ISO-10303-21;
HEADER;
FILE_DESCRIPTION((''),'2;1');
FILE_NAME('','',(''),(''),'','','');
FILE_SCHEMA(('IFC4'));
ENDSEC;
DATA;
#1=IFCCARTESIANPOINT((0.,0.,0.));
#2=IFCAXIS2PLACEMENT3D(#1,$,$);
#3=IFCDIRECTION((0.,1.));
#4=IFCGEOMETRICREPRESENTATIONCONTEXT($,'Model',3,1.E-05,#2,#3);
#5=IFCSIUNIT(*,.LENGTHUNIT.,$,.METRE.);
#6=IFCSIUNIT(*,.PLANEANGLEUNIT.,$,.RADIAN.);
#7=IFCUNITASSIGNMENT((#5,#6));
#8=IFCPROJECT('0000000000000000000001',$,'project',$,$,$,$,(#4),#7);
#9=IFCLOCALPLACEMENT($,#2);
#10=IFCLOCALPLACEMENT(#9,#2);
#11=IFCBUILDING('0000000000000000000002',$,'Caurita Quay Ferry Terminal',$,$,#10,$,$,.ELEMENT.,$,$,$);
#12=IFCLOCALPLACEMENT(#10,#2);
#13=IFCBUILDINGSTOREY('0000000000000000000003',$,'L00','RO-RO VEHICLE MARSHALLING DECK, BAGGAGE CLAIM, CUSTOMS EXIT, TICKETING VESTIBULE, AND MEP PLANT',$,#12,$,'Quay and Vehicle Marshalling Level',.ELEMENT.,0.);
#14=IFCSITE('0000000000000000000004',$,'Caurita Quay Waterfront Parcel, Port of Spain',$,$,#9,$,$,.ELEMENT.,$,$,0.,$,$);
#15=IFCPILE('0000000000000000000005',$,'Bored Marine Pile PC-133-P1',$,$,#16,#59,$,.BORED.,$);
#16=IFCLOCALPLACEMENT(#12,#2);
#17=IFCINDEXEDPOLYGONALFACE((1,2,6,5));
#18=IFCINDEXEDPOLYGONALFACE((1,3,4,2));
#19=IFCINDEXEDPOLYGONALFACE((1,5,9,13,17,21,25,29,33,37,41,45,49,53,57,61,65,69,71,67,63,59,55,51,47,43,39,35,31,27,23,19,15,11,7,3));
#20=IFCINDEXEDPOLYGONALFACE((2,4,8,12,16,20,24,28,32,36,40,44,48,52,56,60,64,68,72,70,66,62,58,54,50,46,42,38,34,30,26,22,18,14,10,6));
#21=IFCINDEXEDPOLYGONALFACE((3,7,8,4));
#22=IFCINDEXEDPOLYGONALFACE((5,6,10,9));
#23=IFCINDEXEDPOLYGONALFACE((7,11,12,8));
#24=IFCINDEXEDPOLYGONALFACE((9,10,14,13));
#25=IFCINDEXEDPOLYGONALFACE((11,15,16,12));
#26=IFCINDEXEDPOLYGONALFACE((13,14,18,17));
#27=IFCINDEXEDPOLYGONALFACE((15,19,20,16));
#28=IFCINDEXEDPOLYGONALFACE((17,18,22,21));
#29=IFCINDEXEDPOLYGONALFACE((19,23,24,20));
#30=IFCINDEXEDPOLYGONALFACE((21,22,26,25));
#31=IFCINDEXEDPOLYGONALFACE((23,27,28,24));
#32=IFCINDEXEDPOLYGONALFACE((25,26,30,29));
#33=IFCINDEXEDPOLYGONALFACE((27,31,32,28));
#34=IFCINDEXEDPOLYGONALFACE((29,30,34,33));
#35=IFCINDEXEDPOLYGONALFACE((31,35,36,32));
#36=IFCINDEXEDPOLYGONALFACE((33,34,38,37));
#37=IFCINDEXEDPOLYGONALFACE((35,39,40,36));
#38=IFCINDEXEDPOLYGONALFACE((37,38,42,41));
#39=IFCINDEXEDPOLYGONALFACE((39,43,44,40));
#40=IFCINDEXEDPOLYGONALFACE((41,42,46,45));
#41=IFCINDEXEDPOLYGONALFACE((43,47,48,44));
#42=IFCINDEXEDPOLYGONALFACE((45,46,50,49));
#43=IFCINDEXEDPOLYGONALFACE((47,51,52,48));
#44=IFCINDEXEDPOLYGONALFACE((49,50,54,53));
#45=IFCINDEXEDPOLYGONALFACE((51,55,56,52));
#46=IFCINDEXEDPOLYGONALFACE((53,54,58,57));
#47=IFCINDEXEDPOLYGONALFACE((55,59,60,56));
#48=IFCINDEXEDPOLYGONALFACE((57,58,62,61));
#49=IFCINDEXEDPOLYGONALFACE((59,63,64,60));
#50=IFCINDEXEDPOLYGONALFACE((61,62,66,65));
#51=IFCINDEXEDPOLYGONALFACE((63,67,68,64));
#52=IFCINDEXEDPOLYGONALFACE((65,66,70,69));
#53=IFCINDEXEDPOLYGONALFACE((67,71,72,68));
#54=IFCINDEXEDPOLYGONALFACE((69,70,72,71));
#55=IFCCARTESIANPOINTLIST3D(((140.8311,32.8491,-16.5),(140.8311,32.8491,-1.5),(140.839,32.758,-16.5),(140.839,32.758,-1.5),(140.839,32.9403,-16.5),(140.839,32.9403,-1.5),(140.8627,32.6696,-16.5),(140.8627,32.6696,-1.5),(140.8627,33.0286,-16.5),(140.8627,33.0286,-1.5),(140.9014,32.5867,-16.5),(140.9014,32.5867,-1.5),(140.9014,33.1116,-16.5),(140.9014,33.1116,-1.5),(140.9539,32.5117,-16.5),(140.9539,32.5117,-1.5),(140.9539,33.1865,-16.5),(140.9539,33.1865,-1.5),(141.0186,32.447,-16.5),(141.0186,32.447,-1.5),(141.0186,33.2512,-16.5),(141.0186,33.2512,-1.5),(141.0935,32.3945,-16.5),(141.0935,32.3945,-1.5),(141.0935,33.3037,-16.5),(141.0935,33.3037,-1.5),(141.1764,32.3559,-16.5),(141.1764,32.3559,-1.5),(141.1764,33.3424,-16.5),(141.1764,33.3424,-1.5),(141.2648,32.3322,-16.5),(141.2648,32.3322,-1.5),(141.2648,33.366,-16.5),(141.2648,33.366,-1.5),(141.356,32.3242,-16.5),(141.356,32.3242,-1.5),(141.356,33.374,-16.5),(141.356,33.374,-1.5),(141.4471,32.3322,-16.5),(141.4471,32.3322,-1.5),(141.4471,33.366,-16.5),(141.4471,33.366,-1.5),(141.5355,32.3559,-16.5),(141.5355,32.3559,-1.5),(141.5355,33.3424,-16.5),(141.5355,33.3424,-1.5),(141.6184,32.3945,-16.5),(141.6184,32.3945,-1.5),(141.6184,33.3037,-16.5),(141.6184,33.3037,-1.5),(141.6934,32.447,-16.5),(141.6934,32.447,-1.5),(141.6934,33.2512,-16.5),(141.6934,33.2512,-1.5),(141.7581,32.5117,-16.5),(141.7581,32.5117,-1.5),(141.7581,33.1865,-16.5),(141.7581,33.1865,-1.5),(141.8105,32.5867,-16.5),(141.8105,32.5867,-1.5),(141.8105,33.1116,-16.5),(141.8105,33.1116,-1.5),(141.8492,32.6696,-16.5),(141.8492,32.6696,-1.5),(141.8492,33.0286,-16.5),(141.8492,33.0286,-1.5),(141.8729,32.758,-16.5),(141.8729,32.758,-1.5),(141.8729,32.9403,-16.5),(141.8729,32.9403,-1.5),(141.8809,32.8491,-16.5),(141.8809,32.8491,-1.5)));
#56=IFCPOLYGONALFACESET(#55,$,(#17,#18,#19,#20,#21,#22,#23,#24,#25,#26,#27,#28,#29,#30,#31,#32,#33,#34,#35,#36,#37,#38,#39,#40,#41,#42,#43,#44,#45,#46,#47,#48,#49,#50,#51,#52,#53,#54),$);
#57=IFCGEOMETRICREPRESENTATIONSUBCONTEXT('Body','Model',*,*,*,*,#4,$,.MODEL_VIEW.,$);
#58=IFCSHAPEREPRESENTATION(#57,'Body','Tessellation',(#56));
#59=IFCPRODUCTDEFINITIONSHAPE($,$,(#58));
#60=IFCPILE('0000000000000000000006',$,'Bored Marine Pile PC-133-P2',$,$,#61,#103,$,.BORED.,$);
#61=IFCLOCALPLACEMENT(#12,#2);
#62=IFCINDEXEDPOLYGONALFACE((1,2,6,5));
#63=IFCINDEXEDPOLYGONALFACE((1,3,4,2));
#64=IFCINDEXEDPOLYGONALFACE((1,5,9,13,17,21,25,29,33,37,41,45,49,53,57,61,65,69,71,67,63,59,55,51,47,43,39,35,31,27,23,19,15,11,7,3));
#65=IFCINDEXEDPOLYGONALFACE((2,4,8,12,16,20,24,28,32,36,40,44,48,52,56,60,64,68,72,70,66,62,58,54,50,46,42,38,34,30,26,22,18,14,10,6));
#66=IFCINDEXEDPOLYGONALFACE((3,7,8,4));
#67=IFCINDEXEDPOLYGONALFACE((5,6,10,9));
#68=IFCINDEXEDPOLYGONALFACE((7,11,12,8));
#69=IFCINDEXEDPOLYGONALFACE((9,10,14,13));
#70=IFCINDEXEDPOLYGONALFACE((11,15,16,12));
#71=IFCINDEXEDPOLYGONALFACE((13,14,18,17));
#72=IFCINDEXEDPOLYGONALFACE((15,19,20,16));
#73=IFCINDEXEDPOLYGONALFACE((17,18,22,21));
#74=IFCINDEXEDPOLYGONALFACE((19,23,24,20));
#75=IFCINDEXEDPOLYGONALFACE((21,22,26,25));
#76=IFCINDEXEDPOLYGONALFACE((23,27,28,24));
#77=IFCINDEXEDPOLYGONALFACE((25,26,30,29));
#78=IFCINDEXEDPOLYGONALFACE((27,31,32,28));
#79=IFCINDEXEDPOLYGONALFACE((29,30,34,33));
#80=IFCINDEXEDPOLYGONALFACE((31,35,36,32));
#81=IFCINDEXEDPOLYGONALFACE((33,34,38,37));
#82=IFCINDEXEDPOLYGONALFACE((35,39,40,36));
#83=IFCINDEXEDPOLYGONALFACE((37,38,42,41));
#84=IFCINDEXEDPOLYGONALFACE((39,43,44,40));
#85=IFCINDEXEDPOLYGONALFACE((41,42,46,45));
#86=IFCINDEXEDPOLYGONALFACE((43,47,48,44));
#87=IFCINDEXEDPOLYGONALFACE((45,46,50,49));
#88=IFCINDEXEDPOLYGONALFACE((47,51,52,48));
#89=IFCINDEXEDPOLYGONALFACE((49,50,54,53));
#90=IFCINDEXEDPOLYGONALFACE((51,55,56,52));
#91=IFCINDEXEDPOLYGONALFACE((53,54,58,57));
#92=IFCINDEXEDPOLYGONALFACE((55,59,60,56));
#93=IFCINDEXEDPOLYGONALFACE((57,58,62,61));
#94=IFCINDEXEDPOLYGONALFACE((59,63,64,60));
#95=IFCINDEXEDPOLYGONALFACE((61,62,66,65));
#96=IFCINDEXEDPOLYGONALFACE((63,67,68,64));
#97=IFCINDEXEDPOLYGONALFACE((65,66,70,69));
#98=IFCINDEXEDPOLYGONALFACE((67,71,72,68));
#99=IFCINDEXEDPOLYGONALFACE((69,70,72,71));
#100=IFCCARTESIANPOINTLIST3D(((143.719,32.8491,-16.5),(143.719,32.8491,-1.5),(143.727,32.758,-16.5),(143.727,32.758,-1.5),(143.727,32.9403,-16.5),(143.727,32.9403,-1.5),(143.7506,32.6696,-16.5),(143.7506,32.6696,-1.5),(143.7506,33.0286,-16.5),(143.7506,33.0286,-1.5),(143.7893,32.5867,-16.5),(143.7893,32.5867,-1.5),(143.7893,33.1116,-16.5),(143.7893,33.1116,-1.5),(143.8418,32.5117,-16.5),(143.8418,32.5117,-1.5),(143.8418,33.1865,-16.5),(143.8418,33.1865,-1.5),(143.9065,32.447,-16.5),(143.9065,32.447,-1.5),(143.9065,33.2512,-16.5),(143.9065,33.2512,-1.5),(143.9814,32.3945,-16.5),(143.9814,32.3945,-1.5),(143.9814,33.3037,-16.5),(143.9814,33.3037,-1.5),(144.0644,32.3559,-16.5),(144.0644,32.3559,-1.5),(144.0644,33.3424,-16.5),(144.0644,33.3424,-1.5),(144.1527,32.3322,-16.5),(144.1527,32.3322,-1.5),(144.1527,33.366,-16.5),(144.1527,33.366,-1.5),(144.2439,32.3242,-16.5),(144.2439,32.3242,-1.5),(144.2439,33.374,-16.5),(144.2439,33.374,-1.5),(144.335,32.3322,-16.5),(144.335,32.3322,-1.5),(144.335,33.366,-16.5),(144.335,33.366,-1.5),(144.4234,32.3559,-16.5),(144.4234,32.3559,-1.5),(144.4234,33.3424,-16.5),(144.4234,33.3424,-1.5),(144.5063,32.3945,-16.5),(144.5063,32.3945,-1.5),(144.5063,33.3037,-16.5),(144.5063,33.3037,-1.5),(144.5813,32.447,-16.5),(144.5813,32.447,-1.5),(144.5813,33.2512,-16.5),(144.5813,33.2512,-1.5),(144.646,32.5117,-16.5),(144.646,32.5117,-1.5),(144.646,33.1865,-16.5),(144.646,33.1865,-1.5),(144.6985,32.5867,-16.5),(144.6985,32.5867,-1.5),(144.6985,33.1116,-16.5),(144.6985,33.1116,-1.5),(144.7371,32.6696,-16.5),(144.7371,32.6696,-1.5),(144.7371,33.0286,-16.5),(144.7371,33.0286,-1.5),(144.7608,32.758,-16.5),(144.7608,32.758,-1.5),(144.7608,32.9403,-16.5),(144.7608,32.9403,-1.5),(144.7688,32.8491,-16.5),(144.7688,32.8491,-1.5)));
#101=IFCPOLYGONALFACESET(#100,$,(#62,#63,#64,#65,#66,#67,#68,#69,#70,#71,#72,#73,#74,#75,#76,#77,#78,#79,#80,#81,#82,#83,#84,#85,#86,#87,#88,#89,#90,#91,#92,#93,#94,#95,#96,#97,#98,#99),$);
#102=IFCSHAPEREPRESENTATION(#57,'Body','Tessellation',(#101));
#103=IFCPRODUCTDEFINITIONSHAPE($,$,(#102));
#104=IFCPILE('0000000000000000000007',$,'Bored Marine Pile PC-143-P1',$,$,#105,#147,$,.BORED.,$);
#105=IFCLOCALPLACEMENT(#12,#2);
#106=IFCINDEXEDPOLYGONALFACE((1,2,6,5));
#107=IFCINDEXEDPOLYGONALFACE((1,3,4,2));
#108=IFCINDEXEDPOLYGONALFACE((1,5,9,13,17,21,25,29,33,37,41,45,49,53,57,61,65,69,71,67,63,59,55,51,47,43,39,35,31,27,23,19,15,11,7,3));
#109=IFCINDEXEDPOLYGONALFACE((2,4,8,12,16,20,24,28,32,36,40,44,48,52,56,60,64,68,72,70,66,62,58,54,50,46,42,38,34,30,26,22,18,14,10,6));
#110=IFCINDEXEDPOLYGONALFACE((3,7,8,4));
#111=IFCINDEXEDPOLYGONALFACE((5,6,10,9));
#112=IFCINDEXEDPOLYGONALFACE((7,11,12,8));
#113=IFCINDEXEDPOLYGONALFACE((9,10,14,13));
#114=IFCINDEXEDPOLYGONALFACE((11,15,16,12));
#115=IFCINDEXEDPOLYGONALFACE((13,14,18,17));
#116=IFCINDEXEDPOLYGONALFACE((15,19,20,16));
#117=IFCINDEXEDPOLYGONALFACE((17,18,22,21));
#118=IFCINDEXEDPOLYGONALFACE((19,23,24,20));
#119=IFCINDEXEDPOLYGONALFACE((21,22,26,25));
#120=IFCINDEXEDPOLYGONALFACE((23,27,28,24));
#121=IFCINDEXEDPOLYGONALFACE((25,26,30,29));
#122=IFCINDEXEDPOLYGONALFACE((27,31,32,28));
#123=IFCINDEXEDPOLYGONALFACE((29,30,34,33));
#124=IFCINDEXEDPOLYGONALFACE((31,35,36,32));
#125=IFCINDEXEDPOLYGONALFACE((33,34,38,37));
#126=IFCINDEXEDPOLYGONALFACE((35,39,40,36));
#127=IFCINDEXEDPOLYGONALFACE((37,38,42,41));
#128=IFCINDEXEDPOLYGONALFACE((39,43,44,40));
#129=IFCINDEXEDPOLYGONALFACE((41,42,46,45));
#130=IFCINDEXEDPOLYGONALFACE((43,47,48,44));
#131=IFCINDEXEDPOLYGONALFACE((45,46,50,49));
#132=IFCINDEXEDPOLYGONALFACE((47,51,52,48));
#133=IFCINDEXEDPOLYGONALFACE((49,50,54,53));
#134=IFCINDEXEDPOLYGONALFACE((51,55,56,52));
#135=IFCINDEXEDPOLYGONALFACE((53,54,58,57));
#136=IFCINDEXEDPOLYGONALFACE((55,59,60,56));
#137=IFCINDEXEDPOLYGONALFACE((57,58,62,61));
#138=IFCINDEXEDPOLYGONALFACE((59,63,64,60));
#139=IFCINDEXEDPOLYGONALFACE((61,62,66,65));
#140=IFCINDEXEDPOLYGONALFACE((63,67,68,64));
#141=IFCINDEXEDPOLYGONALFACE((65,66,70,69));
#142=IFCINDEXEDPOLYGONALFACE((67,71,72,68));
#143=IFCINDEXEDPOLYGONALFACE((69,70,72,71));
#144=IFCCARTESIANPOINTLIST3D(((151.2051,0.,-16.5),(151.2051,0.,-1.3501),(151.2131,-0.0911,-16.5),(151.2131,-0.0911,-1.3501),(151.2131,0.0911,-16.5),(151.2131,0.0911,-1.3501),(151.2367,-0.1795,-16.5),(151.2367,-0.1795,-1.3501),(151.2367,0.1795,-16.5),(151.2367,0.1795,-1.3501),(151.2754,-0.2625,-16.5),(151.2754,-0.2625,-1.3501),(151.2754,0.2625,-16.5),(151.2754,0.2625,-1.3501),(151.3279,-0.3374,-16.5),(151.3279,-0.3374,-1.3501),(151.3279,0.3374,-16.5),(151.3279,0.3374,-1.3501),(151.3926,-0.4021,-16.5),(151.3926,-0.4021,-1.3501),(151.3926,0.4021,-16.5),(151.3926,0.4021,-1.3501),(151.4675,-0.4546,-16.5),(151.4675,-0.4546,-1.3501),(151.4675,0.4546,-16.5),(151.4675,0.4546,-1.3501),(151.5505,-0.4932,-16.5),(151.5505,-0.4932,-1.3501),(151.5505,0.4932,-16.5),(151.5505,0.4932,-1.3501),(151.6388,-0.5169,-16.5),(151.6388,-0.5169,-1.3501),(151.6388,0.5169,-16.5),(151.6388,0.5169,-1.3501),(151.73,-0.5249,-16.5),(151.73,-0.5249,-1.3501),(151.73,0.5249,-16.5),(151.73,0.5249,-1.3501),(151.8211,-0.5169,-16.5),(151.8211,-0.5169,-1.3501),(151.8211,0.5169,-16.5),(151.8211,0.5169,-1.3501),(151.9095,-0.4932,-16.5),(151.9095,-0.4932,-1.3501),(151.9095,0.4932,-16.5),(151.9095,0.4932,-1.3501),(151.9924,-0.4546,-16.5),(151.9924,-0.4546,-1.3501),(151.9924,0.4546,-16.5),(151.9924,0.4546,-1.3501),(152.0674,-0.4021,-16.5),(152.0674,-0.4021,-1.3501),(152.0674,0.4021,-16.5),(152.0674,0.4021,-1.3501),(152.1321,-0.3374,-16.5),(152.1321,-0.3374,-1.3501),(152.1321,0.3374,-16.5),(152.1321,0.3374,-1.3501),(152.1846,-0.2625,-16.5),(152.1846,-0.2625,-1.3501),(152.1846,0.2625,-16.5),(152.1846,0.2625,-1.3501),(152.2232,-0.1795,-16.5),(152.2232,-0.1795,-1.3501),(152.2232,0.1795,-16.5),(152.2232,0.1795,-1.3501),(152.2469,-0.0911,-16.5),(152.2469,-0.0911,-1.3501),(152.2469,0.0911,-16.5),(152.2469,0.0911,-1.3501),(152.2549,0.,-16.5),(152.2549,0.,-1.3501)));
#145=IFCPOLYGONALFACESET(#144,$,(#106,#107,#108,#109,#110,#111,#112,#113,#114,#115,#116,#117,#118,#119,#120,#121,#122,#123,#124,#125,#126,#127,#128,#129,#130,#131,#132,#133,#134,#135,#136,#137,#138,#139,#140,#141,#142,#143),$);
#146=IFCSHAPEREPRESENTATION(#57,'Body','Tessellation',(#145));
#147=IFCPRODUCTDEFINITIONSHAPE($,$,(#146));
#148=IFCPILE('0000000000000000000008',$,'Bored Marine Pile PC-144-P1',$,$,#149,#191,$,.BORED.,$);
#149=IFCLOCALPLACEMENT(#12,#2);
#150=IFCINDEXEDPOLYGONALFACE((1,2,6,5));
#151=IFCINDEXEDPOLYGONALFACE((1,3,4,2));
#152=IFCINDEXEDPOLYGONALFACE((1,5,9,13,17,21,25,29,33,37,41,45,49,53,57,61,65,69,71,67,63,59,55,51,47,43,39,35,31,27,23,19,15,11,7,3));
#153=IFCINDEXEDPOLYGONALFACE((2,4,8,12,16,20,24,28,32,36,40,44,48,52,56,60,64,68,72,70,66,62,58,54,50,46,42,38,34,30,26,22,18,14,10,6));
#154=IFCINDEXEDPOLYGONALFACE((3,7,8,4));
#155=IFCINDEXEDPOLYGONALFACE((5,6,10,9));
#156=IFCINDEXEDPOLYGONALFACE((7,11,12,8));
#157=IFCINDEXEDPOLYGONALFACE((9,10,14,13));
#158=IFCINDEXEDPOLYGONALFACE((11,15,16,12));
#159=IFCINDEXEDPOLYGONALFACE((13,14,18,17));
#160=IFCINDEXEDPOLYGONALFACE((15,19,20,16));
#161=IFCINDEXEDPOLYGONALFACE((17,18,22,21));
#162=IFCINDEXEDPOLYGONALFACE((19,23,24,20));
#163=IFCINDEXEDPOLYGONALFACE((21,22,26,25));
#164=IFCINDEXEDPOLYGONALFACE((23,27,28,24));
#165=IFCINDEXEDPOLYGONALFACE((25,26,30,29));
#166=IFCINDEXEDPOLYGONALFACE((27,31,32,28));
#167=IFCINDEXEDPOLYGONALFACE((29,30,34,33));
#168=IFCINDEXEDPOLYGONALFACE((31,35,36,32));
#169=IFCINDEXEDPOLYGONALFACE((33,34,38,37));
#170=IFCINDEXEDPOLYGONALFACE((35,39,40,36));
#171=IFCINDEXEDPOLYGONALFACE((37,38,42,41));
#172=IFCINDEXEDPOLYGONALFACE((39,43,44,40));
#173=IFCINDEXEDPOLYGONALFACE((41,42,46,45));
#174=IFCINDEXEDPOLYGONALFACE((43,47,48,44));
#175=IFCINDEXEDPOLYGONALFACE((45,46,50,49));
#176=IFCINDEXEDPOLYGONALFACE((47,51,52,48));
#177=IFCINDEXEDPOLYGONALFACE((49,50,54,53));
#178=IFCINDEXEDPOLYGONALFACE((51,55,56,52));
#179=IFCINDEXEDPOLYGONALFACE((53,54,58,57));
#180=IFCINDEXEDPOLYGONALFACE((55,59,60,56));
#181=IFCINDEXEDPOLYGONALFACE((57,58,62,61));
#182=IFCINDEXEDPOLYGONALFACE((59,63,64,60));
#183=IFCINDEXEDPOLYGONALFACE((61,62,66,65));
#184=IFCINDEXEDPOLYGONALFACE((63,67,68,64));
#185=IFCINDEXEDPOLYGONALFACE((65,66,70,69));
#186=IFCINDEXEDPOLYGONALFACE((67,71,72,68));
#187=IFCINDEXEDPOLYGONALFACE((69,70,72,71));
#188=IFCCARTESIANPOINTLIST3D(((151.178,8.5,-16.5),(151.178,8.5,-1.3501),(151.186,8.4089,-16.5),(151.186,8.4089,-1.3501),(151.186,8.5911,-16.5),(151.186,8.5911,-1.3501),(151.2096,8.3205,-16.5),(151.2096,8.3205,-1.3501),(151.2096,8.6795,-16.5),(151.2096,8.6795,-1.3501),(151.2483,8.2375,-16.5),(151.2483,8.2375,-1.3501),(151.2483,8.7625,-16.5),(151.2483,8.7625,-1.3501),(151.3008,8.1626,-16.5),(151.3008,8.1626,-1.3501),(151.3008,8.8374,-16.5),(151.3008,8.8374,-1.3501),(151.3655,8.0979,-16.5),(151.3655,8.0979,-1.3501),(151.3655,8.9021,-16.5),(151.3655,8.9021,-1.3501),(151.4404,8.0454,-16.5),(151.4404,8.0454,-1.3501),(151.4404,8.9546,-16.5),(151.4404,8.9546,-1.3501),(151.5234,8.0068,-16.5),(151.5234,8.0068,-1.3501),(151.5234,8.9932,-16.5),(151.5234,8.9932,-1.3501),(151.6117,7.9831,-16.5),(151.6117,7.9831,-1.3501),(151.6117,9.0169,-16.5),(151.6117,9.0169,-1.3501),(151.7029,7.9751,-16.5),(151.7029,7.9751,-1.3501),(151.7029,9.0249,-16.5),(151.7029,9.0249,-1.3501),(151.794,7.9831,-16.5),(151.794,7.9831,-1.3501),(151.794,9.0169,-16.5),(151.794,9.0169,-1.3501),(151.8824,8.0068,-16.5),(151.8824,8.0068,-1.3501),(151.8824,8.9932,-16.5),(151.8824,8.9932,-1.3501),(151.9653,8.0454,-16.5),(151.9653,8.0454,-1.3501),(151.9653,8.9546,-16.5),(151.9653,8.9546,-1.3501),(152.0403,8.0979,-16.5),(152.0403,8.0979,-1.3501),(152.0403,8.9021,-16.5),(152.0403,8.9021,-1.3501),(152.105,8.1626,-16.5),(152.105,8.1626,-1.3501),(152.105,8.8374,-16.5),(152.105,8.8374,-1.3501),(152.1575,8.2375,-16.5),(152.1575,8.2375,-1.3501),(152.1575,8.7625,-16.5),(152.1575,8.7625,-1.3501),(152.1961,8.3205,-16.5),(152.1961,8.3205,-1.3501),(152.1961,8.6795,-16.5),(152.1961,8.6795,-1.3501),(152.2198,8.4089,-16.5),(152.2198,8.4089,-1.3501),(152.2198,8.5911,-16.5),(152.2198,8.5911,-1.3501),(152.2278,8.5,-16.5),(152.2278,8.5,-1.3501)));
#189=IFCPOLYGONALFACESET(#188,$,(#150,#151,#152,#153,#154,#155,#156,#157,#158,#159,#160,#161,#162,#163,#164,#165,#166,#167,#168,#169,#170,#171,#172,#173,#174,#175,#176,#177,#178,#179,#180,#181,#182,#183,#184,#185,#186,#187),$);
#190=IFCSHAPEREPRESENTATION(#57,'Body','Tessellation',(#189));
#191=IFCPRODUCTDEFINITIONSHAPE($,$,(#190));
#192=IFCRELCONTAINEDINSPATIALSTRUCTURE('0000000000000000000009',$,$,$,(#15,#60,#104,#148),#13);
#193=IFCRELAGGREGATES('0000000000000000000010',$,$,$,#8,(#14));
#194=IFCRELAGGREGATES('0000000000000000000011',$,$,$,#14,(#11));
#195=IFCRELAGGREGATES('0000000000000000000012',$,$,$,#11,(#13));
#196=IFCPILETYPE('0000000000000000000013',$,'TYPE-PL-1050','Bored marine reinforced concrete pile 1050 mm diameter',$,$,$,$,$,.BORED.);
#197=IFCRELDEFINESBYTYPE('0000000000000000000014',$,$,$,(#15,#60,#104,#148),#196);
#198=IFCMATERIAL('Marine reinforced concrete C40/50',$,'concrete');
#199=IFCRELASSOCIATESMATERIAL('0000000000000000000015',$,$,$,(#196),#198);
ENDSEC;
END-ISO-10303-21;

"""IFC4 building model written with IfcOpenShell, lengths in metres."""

from ifc_helpers import new_model, si_unit, direction, frame, origin, origin_2d, place, context, subcontext, project, spatial, circle, extrude, material, material_profile, profile_set, type_object, element, save


model = new_model("IFC4")

# Units and contexts
model_context = context("Model", 3, precision=1e-05, world=origin(), true_north=direction((0.0, 1.0)))
body_context = subcontext(model_context, "Body", "Model", "MODEL_VIEW")
ifc_project = project(units=[si_unit("LENGTHUNIT", "METRE"), si_unit("PLANEANGLEUNIT", "RADIAN")], contexts=[model_context])

# Site, building, storey
site_placement = place(None, origin())
site = spatial("IfcSite", under=ifc_project, at=site_placement, Name="Caurita Quay Waterfront Parcel, Port of Spain", CompositionType="ELEMENT", RefElevation=0.0)
building_placement = place(site_placement, origin())
building = spatial("IfcBuilding", under=site, at=building_placement, Name="Caurita Quay Ferry Terminal", CompositionType="ELEMENT")
storey_placement = place(building_placement, origin())
storey = spatial("IfcBuildingStorey", under=building, at=storey_placement, Name="L00", Description="RO-RO VEHICLE MARSHALLING DECK, BAGGAGE CLAIM, CUSTOMS EXIT, TICKETING VESTIBULE, AND MEP PLANT", LongName="Quay and Vehicle Marshalling Level", CompositionType="ELEMENT", Elevation=0.0)

# Piles
ifc_material_1 = material(Name="Marine reinforced concrete C40/50", Category="concrete")
ifc_material_profile_1 = material_profile(ifc_material_1, circle(Radius=0.5249, at=origin_2d()), Name="PILE-D1050")
ifc_profile_set_1 = profile_set([ifc_material_profile_1], Name="Marine reinforced concrete C40/50")
pile_type_1 = type_object("IfcPileType", Name="TYPE-PL-1050", Description="Bored marine reinforced concrete pile 1050 mm diameter", PredefinedType="BORED", material=ifc_profile_set_1)
for number, where, z_axis, x_axis, name in (
    (1, (141.356, 32.8491, -1.5), (0.0, 0.0, -1.0), (1.0, 0.0, 0.0), "Bored Marine Pile PC-133-P1"),
    (2, (144.2439, 32.8491, -1.5), (0.0, 0.0, -1.0), (1.0, 0.0, 0.0), "Bored Marine Pile PC-133-P2"),
):
    element("IfcPile", number, at=place(storey_placement, frame(where, z_axis=z_axis, x_axis=x_axis)), inside=storey, type_object=pile_type_1, Name=name, PredefinedType="BORED", context=body_context, shape_type="SweptSolid", body=[
        extrude(circle(Radius=0.5249, at=origin_2d()), origin(), (0.0, 0.0, 1.0), 15.0),
    ])
for number, where, z_axis, x_axis, name in (
    (3, (151.73, 0.0, -1.3501), (0.0, 0.0, -1.0), (1.0, 0.0, 0.0), "Bored Marine Pile PC-143-P1"),
    (4, (151.7029, 8.5, -1.3501), (0.0, 0.0, -1.0), (1.0, 0.0, 0.0), "Bored Marine Pile PC-144-P1"),
):
    element("IfcPile", number, at=place(storey_placement, frame(where, z_axis=z_axis, x_axis=x_axis)), inside=storey, type_object=pile_type_1, Name=name, PredefinedType="BORED", context=body_context, shape_type="SweptSolid", body=[
        extrude(circle(Radius=0.5249, at=origin_2d()), origin(), (0.0, 0.0, 1.0), 15.1499),
    ])

save(model, "model.ifc")
